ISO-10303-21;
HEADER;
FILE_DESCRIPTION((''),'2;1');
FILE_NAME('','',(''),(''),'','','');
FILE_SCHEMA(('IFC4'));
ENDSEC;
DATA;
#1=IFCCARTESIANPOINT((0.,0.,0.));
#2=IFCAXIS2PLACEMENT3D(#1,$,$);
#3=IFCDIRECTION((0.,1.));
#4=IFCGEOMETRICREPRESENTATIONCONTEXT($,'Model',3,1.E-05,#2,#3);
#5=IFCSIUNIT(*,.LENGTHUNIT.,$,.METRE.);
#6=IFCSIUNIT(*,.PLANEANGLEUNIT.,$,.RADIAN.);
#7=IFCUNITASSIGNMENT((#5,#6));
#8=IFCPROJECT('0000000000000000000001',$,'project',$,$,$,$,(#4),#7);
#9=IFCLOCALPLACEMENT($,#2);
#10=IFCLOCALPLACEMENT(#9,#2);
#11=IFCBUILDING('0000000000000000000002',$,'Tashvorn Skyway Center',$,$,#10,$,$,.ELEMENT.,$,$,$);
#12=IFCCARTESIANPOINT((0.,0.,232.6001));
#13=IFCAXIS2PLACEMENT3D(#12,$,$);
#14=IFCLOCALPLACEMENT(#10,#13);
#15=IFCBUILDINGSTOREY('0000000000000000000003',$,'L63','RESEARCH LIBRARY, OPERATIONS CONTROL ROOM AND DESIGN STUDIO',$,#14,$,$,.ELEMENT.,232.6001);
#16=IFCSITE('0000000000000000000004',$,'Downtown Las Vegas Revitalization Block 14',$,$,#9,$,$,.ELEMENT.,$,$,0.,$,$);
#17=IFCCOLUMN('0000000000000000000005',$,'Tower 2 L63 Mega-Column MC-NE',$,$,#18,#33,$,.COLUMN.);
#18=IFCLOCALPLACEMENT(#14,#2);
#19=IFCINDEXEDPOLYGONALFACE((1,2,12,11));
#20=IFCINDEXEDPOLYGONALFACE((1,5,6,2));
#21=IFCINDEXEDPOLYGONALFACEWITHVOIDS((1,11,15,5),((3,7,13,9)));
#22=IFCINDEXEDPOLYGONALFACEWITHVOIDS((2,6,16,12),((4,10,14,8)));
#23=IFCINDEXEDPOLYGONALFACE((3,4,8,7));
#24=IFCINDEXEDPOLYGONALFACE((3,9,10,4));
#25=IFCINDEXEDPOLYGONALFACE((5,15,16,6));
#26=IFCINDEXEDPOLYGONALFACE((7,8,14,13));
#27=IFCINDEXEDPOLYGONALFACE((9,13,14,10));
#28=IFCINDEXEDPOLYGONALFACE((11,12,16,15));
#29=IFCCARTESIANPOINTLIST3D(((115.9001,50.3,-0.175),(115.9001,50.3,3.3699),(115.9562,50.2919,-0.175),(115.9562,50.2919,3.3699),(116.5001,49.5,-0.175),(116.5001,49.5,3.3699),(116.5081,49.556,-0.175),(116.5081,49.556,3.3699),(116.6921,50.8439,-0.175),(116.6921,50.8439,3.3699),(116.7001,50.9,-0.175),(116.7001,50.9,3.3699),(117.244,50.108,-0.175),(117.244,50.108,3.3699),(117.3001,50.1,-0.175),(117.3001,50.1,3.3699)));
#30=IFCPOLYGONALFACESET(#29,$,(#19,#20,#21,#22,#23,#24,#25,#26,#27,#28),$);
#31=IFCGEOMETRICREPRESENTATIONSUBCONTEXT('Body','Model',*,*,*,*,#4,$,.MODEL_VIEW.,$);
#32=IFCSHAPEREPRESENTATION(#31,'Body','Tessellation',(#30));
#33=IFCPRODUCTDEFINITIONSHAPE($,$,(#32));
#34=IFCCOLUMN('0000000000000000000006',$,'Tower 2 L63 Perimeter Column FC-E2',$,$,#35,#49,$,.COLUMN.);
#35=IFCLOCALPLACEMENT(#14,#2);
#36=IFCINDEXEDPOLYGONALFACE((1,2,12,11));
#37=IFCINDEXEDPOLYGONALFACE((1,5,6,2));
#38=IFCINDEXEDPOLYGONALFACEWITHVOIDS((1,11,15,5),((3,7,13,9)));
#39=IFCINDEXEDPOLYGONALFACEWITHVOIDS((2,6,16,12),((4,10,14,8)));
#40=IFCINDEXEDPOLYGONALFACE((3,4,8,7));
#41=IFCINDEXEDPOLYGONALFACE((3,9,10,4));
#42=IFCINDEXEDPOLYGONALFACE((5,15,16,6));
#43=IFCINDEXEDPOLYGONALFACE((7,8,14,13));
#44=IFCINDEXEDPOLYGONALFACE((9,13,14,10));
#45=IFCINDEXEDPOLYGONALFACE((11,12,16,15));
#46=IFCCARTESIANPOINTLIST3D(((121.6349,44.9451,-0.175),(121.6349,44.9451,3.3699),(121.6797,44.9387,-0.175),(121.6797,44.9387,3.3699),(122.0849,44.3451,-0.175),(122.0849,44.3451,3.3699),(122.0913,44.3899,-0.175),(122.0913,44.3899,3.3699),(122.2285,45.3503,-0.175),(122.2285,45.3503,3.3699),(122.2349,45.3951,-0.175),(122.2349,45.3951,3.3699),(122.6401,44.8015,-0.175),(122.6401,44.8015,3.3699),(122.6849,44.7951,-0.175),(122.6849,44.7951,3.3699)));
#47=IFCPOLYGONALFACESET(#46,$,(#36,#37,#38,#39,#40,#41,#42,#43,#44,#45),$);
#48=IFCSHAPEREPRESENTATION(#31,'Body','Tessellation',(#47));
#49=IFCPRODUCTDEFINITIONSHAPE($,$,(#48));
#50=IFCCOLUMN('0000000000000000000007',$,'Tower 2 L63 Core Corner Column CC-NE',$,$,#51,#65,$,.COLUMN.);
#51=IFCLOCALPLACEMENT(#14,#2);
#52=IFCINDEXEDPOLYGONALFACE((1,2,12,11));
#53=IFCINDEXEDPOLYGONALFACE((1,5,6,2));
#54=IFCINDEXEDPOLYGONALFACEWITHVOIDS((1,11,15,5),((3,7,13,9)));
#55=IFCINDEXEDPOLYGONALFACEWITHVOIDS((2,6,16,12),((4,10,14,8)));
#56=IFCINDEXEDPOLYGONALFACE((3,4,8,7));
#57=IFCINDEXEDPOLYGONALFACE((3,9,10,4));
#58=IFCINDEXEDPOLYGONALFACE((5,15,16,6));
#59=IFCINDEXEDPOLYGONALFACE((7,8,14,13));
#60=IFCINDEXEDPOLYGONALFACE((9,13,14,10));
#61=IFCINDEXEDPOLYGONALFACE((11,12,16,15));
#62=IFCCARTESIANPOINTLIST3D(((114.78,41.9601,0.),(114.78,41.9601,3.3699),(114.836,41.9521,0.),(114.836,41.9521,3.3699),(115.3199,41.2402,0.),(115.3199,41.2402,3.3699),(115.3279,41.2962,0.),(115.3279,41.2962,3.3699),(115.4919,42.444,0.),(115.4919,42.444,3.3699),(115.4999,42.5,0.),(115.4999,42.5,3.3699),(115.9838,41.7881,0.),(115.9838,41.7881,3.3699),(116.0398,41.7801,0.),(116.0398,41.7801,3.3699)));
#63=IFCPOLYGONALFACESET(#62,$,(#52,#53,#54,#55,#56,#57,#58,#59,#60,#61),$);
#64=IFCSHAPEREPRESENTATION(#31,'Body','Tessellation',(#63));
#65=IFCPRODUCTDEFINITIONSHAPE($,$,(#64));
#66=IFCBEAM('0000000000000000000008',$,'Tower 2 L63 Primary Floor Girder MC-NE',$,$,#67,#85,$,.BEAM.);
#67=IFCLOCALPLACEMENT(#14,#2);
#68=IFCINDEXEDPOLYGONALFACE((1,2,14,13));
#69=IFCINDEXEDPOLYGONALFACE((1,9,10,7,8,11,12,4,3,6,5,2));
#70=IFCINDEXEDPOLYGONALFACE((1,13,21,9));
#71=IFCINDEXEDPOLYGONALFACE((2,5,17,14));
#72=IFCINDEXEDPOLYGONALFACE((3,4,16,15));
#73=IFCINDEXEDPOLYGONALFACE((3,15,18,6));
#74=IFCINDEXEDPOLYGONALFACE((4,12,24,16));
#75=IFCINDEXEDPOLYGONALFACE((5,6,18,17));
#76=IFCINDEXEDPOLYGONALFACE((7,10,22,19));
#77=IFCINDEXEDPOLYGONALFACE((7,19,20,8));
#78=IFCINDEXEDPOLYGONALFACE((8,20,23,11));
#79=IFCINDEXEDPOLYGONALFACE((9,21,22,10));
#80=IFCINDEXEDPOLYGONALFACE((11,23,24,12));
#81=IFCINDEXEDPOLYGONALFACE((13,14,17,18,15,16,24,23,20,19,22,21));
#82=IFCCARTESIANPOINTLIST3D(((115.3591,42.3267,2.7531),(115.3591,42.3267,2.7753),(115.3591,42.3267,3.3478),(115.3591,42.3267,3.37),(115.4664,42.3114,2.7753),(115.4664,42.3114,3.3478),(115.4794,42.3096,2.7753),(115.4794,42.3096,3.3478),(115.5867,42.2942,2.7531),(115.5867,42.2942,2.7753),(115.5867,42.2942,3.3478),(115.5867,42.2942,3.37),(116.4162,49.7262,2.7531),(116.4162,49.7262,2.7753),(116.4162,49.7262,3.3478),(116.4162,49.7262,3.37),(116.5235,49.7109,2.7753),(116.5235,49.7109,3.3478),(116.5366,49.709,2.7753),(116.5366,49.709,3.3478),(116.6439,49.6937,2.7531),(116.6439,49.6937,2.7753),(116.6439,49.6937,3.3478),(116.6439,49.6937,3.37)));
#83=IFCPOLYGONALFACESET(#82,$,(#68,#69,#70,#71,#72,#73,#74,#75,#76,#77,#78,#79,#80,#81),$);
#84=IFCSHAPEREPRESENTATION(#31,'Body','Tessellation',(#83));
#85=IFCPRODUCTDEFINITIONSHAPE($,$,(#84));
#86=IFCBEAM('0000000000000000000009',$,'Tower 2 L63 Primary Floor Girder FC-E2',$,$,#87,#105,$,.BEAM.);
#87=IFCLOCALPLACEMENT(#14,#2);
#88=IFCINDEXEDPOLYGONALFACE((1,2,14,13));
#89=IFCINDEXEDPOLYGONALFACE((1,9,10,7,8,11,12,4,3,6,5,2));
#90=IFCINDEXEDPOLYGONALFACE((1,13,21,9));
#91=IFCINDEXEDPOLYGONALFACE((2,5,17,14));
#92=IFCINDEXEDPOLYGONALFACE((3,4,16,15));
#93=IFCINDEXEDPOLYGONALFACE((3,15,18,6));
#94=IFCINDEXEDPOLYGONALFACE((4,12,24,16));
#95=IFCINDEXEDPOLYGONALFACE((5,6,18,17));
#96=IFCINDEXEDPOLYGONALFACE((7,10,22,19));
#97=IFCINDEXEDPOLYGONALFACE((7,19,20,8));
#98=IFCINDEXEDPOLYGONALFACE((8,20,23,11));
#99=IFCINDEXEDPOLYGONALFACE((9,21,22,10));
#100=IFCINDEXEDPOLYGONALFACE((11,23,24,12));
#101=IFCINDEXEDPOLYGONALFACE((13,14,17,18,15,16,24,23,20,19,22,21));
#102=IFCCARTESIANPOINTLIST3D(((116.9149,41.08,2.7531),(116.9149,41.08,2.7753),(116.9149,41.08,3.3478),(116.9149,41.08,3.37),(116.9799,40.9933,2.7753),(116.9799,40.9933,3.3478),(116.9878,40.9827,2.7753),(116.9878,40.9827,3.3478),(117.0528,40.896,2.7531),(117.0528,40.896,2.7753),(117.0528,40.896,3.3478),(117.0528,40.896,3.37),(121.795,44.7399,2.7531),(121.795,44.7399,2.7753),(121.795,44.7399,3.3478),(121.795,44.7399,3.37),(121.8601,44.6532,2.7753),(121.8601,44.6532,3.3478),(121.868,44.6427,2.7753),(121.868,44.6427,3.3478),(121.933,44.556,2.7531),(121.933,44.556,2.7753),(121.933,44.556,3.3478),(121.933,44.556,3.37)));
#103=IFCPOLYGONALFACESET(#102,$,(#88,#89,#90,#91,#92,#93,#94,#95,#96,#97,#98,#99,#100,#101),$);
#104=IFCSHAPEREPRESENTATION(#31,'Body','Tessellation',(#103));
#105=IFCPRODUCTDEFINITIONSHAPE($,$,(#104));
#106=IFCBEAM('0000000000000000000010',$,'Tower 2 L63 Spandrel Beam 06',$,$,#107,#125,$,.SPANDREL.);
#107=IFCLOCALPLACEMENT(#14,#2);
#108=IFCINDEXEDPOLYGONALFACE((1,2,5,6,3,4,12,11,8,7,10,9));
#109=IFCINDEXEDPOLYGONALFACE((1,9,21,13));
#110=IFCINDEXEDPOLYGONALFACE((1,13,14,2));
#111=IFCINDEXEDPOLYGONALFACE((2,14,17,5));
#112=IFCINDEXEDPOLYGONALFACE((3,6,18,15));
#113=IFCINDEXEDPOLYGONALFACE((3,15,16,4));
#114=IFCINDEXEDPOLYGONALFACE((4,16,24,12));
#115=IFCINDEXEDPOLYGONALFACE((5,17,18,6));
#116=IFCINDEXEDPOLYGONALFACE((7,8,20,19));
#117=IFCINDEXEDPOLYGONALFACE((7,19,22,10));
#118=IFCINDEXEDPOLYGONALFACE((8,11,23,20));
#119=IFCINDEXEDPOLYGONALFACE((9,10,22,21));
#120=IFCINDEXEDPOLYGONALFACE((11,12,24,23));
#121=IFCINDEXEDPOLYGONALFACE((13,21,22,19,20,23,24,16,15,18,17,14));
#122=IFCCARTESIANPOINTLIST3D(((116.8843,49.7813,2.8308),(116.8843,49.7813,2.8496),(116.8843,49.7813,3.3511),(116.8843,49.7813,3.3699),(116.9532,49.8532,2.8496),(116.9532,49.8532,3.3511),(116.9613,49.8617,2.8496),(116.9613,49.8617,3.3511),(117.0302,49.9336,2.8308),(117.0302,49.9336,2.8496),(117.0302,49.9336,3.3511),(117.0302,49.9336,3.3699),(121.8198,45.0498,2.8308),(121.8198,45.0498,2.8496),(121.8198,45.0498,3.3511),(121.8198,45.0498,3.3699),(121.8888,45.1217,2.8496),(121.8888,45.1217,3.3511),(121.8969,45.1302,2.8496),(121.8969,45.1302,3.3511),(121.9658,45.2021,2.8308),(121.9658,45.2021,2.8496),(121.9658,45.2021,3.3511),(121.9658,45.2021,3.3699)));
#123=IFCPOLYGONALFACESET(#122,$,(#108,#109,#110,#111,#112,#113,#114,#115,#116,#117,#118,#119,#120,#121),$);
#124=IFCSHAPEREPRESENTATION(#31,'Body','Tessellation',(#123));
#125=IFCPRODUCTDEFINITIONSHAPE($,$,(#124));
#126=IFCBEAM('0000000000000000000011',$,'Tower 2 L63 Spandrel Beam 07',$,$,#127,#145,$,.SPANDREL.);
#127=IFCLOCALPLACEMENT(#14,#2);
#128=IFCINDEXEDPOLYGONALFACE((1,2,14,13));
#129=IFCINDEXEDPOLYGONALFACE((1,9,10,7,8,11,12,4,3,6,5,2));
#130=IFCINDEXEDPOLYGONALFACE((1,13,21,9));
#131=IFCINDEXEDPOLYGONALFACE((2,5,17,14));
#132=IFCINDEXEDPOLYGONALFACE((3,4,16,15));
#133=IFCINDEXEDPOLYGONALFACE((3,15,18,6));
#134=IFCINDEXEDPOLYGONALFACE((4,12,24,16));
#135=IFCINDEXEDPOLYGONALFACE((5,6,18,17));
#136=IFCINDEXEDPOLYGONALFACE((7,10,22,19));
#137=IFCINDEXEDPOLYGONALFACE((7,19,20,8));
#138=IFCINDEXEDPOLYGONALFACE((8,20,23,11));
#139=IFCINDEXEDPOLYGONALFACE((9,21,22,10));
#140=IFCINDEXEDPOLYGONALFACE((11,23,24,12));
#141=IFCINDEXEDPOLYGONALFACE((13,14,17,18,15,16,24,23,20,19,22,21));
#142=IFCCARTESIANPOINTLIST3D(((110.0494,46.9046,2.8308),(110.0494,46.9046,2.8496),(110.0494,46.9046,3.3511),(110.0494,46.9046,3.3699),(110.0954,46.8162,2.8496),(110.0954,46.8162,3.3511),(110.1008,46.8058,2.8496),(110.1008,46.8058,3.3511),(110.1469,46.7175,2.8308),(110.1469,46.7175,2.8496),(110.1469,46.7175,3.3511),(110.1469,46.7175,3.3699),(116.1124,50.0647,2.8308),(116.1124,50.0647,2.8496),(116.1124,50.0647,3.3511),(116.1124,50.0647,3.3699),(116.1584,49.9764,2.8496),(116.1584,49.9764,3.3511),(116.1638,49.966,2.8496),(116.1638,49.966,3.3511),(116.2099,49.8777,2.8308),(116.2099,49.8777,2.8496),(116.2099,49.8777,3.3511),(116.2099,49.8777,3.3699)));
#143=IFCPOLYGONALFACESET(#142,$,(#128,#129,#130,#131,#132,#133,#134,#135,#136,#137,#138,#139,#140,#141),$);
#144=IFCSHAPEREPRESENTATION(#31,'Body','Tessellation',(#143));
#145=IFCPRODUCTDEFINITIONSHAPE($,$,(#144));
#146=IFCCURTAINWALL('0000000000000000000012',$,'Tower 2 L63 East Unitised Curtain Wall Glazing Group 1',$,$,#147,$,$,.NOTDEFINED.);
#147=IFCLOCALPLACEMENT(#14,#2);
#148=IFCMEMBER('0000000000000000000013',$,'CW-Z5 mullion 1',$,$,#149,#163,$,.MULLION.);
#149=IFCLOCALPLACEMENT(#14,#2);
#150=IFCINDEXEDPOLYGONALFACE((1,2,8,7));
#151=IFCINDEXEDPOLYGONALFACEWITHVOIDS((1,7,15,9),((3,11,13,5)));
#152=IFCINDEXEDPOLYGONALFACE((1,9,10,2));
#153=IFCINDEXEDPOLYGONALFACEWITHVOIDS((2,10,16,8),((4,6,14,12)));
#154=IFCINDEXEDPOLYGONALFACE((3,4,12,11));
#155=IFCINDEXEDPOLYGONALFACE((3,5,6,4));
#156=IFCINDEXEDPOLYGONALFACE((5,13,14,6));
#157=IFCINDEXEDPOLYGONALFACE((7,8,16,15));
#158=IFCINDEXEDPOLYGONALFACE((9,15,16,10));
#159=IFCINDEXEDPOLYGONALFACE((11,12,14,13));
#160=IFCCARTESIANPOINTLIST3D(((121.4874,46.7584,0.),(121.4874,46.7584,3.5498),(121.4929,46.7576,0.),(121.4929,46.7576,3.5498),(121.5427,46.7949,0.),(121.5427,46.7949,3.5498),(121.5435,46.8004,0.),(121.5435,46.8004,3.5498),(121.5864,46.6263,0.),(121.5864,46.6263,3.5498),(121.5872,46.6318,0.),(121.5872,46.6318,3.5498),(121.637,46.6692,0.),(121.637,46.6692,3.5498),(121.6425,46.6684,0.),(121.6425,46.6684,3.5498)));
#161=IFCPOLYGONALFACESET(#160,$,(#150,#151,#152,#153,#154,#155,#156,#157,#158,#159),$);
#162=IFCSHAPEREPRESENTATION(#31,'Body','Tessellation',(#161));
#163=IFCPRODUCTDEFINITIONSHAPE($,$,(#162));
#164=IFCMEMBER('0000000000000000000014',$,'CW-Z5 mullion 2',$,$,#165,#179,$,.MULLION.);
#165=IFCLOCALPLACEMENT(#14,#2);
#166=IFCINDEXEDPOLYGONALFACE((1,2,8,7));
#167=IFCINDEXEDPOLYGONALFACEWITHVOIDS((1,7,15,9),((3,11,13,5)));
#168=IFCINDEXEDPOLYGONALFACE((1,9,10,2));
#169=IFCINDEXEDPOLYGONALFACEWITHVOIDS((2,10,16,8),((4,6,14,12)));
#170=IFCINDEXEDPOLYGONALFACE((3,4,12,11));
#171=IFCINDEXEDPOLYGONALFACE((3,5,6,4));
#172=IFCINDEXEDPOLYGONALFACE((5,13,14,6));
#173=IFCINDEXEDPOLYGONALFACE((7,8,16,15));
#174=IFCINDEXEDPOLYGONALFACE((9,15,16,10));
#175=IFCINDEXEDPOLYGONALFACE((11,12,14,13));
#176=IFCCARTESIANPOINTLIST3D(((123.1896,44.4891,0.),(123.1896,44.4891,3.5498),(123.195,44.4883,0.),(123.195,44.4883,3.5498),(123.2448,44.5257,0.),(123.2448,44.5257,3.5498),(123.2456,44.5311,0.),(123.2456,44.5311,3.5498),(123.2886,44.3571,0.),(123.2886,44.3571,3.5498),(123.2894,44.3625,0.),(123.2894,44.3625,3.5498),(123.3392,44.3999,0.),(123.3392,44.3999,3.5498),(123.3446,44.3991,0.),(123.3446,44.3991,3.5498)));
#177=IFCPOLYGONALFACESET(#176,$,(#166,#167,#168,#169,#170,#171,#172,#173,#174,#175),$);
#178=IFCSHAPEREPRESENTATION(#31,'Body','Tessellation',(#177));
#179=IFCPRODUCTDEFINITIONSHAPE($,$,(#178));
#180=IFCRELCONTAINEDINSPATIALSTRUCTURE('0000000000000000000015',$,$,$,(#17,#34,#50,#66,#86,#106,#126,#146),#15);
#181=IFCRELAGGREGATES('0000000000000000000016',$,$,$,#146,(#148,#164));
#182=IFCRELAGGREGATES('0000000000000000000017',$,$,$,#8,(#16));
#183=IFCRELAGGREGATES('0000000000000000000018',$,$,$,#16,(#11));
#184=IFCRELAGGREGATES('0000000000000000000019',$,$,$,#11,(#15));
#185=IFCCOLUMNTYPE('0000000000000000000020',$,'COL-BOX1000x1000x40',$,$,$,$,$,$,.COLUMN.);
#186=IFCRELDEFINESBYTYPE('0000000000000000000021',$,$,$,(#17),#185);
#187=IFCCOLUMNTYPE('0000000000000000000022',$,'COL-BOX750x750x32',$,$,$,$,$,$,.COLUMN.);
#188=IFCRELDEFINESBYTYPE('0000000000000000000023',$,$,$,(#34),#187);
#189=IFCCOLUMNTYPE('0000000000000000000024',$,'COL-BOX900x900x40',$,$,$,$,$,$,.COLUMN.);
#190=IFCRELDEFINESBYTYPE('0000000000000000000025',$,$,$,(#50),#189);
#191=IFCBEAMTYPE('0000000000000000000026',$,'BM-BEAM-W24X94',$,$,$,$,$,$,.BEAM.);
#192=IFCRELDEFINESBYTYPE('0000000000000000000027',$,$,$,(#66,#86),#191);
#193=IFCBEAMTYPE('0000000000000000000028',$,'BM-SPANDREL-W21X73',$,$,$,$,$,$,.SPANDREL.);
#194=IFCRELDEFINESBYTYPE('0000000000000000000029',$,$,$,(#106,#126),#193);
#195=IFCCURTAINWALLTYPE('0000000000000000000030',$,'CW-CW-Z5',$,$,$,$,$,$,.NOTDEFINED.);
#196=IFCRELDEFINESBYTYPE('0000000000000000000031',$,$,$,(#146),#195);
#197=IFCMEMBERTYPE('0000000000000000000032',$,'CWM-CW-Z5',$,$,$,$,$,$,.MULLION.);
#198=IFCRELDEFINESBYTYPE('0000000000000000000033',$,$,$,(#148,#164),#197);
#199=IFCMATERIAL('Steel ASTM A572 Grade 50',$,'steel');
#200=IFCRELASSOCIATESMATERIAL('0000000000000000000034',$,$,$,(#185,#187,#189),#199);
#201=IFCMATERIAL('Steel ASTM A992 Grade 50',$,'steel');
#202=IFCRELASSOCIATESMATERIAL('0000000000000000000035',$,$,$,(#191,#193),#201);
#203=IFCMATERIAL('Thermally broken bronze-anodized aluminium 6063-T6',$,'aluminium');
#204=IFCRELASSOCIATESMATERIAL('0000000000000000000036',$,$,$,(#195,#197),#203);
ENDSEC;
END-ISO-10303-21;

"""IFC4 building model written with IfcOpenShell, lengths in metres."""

from ifc_helpers import new_model, si_unit, direction, frame, origin, origin_2d, place, context, subcontext, project, spatial, hollow_rectangle, i_section, extrude, material, material_profile, profile_set, type_object, element, aggregate, save


model = new_model("IFC4")

# Units and contexts
model_context = context("Model", 3, precision=1e-05, world=origin(), true_north=direction((0.0, 1.0)))
body_context = subcontext(model_context, "Body", "Model", "MODEL_VIEW")
ifc_project = project(units=[si_unit("LENGTHUNIT", "METRE"), si_unit("PLANEANGLEUNIT", "RADIAN")], contexts=[model_context])

# Site, building, storey
site_placement = place(None, origin())
site = spatial("IfcSite", under=ifc_project, at=site_placement, Name="Downtown Las Vegas Revitalization Block 14", CompositionType="ELEMENT", RefElevation=0.0)
building_placement = place(site_placement, origin())
building = spatial("IfcBuilding", under=site, at=building_placement, Name="Tashvorn Skyway Center", CompositionType="ELEMENT")
storey_placement = place(building_placement, frame((0.0, 0.0, 232.6001)))
storey = spatial("IfcBuildingStorey", under=building, at=storey_placement, Name="L63", Description="RESEARCH LIBRARY, OPERATIONS CONTROL ROOM AND DESIGN STUDIO", CompositionType="ELEMENT", Elevation=232.6001)

# Columns
ifc_material_1 = material(Name="Steel ASTM A572 Grade 50", Category="steel")
ifc_material_profile_1 = material_profile(ifc_material_1, hollow_rectangle(XDim=1.0, YDim=1.0, WallThickness=0.04, at=origin_2d()), Name="BOX1000x1000x40")
ifc_profile_set_1 = profile_set([ifc_material_profile_1], Name="Steel ASTM A572 Grade 50")
column_type_1 = type_object("IfcColumnType", Name="COL-BOX1000x1000x40", PredefinedType="COLUMN", material=ifc_profile_set_1)
column_1_placement = place(storey_placement, frame((116.6001, 50.2, -0.175), z_axis=(0.0, 0.0, 1.0), x_axis=(0.8, 0.6, 0.0)))
element("IfcColumn", 1, at=column_1_placement, inside=storey, type_object=column_type_1, Name="Tower 2 L63 Mega-Column MC-NE", PredefinedType="COLUMN", context=body_context, shape_type="SweptSolid", body=[
    extrude(hollow_rectangle(XDim=1.0, YDim=1.0, WallThickness=0.04, at=origin_2d()), origin(), (0.0, 0.0, 1.0), 3.5449),
])
ifc_material_profile_2 = material_profile(ifc_material_1, hollow_rectangle(XDim=0.75, YDim=0.75, WallThickness=0.032, at=origin_2d()), Name="BOX750x750x32")
ifc_profile_set_2 = profile_set([ifc_material_profile_2], Name="Steel ASTM A572 Grade 50")
column_type_2 = type_object("IfcColumnType", Name="COL-BOX750x750x32", PredefinedType="COLUMN", material=ifc_profile_set_2)
column_2_placement = place(storey_placement, frame((122.1599, 44.8701, -0.175), z_axis=(0.0, 0.0, 1.0), x_axis=(0.8, 0.6, 0.0)))
element("IfcColumn", 2, at=column_2_placement, inside=storey, type_object=column_type_2, Name="Tower 2 L63 Perimeter Column FC-E2", PredefinedType="COLUMN", context=body_context, shape_type="SweptSolid", body=[
    extrude(hollow_rectangle(XDim=0.75, YDim=0.75, WallThickness=0.032, at=origin_2d()), origin(), (0.0, 0.0, 1.0), 3.5449),
])
ifc_material_profile_3 = material_profile(ifc_material_1, hollow_rectangle(XDim=0.8999, YDim=0.8999, WallThickness=0.04, at=origin_2d()), Name="BOX900x900x40")
ifc_profile_set_3 = profile_set([ifc_material_profile_3], Name="Steel ASTM A572 Grade 50")
column_type_3 = type_object("IfcColumnType", Name="COL-BOX900x900x40", PredefinedType="COLUMN", material=ifc_profile_set_3)
column_3_placement = place(storey_placement, frame((115.4099, 41.8701, 0.0), z_axis=(0.0, 0.0, 1.0), x_axis=(0.8, 0.6, 0.0)))
element("IfcColumn", 3, at=column_3_placement, inside=storey, type_object=column_type_3, Name="Tower 2 L63 Core Corner Column CC-NE", PredefinedType="COLUMN", context=body_context, shape_type="SweptSolid", body=[
    extrude(hollow_rectangle(XDim=0.8999, YDim=0.8999, WallThickness=0.04, at=origin_2d()), origin(), (0.0, 0.0, 1.0), 3.3699),
])

# Beams
ifc_material_2 = material(Name="Steel ASTM A992 Grade 50", Category="steel")
ifc_material_profile_4 = material_profile(ifc_material_2, i_section(OverallWidth=0.23, OverallDepth=0.6169, WebThickness=0.0132, FlangeThickness=0.0222, at=origin_2d()), Name="W24X94")
ifc_profile_set_4 = profile_set([ifc_material_profile_4], Name="Steel ASTM A992 Grade 50")
beam_type_1 = type_object("IfcBeamType", Name="BM-BEAM-W24X94", PredefinedType="BEAM", material=ifc_profile_set_4)
beam_1_placement = place(storey_placement, frame((116.53, 49.71, 3.0615), z_axis=(-0.141431, -0.989948, 0.0), x_axis=(0.989948, -0.141431, 0.0)))
element("IfcBeam", 4, at=beam_1_placement, inside=storey, type_object=beam_type_1, Name="Tower 2 L63 Primary Floor Girder MC-NE", PredefinedType="BEAM", context=body_context, shape_type="SweptSolid", body=[
    extrude(i_section(OverallWidth=0.23, OverallDepth=0.6169, WebThickness=0.0132, FlangeThickness=0.0222, at=origin_2d()), origin(), (0.0, 0.0, 1.0), 7.4746),
])
beam_2_placement = place(storey_placement, frame((121.864, 44.6479, 3.0615), z_axis=(-0.800014, -0.599981, 0.0), x_axis=(0.599981, -0.800014, 0.0)))
element("IfcBeam", 5, at=beam_2_placement, inside=storey, type_object=beam_type_1, Name="Tower 2 L63 Primary Floor Girder FC-E2", PredefinedType="BEAM", context=body_context, shape_type="SweptSolid", body=[
    extrude(i_section(OverallWidth=0.23, OverallDepth=0.6169, WebThickness=0.0132, FlangeThickness=0.0222, at=origin_2d()), origin(), (0.0, 0.0, 1.0), 6.1001),
])
ifc_material_profile_5 = material_profile(ifc_material_2, i_section(OverallWidth=0.2109, OverallDepth=0.5391, WebThickness=0.0117, FlangeThickness=0.0188, at=origin_2d()), Name="W21X73")
ifc_profile_set_5 = profile_set([ifc_material_profile_5], Name="Steel ASTM A992 Grade 50")
beam_type_2 = type_object("IfcBeamType", Name="BM-SPANDREL-W21X73", PredefinedType="SPANDREL", material=ifc_profile_set_5)
for number, where, z_axis, x_axis, name in (
    (6, (121.8928, 45.126, 3.1003), (-0.721875, 0.692023, 0.0), (-0.692023, -0.721875, 0.0), "Tower 2 L63 Spandrel Beam 06"),
    (7, (116.1611, 49.9712, 3.1003), (-0.886773, -0.462205, 0.0), (0.462205, -0.886773, 0.0), "Tower 2 L63 Spandrel Beam 07"),
):
    element("IfcBeam", number, at=place(storey_placement, frame(where, z_axis=z_axis, x_axis=x_axis)), inside=storey, type_object=beam_type_2, Name=name, PredefinedType="SPANDREL", context=body_context, shape_type="SweptSolid", body=[
        extrude(i_section(OverallWidth=0.2109, OverallDepth=0.5391, WebThickness=0.0117, FlangeThickness=0.0188, at=origin_2d()), origin(), (0.0, 0.0, 1.0), 6.8372),
    ])

# Curtain wall, members
ifc_material_3 = material(Name="Thermally broken bronze-anodized aluminium 6063-T6", Category="aluminium")
curtain_wall_type = type_object("IfcCurtainWallType", Name="CW-CW-Z5", PredefinedType="NOTDEFINED", material=ifc_material_3)
curtain_wall_1_placement = place(storey_placement, origin())
curtain_wall_1 = element("IfcCurtainWall", 8, at=curtain_wall_1_placement, inside=storey, type_object=curtain_wall_type, Name="Tower 2 L63 East Unitised Curtain Wall Glazing Group 1", PredefinedType="NOTDEFINED")
ifc_material_profile_6 = material_profile(ifc_material_3, hollow_rectangle(XDim=0.0701, YDim=0.165, WallThickness=0.0039, at=origin_2d()), Name="ALU-MULL-70x165")
ifc_profile_set_6 = profile_set([ifc_material_profile_6], Name="Thermally broken bronze-anodized aluminium 6063-T6")
member_type_1 = type_object("IfcMemberType", Name="CWM-CW-Z5", PredefinedType="MULLION", material=ifc_profile_set_6)
member_1_placement = place(storey_placement, frame((121.5649, 46.7134, 0.0), z_axis=(0.0, 0.0, 1.0), x_axis=(0.799996, 0.600006, 0.0)))
member_1 = element("IfcMember", 9, at=member_1_placement, type_object=member_type_1, Name="CW-Z5 mullion 1", PredefinedType="MULLION", context=body_context, shape_type="SweptSolid", body=[
    extrude(hollow_rectangle(XDim=0.0701, YDim=0.165, WallThickness=0.0039, at=origin_2d()), origin(), (0.0, 0.0, 1.0), 3.5498),
])
member_2_placement = place(storey_placement, frame((123.2671, 44.4441, 0.0), z_axis=(0.0, 0.0, 1.0), x_axis=(0.799996, 0.600006, 0.0)))
member_2 = element("IfcMember", 10, at=member_2_placement, type_object=member_type_1, Name="CW-Z5 mullion 2", PredefinedType="MULLION", context=body_context, shape_type="SweptSolid", body=[
    extrude(hollow_rectangle(XDim=0.0701, YDim=0.165, WallThickness=0.0039, at=origin_2d()), origin(), (0.0, 0.0, 1.0), 3.5498),
])

aggregate(curtain_wall_1, [member_1, member_2])

save(model, "model.ifc")
